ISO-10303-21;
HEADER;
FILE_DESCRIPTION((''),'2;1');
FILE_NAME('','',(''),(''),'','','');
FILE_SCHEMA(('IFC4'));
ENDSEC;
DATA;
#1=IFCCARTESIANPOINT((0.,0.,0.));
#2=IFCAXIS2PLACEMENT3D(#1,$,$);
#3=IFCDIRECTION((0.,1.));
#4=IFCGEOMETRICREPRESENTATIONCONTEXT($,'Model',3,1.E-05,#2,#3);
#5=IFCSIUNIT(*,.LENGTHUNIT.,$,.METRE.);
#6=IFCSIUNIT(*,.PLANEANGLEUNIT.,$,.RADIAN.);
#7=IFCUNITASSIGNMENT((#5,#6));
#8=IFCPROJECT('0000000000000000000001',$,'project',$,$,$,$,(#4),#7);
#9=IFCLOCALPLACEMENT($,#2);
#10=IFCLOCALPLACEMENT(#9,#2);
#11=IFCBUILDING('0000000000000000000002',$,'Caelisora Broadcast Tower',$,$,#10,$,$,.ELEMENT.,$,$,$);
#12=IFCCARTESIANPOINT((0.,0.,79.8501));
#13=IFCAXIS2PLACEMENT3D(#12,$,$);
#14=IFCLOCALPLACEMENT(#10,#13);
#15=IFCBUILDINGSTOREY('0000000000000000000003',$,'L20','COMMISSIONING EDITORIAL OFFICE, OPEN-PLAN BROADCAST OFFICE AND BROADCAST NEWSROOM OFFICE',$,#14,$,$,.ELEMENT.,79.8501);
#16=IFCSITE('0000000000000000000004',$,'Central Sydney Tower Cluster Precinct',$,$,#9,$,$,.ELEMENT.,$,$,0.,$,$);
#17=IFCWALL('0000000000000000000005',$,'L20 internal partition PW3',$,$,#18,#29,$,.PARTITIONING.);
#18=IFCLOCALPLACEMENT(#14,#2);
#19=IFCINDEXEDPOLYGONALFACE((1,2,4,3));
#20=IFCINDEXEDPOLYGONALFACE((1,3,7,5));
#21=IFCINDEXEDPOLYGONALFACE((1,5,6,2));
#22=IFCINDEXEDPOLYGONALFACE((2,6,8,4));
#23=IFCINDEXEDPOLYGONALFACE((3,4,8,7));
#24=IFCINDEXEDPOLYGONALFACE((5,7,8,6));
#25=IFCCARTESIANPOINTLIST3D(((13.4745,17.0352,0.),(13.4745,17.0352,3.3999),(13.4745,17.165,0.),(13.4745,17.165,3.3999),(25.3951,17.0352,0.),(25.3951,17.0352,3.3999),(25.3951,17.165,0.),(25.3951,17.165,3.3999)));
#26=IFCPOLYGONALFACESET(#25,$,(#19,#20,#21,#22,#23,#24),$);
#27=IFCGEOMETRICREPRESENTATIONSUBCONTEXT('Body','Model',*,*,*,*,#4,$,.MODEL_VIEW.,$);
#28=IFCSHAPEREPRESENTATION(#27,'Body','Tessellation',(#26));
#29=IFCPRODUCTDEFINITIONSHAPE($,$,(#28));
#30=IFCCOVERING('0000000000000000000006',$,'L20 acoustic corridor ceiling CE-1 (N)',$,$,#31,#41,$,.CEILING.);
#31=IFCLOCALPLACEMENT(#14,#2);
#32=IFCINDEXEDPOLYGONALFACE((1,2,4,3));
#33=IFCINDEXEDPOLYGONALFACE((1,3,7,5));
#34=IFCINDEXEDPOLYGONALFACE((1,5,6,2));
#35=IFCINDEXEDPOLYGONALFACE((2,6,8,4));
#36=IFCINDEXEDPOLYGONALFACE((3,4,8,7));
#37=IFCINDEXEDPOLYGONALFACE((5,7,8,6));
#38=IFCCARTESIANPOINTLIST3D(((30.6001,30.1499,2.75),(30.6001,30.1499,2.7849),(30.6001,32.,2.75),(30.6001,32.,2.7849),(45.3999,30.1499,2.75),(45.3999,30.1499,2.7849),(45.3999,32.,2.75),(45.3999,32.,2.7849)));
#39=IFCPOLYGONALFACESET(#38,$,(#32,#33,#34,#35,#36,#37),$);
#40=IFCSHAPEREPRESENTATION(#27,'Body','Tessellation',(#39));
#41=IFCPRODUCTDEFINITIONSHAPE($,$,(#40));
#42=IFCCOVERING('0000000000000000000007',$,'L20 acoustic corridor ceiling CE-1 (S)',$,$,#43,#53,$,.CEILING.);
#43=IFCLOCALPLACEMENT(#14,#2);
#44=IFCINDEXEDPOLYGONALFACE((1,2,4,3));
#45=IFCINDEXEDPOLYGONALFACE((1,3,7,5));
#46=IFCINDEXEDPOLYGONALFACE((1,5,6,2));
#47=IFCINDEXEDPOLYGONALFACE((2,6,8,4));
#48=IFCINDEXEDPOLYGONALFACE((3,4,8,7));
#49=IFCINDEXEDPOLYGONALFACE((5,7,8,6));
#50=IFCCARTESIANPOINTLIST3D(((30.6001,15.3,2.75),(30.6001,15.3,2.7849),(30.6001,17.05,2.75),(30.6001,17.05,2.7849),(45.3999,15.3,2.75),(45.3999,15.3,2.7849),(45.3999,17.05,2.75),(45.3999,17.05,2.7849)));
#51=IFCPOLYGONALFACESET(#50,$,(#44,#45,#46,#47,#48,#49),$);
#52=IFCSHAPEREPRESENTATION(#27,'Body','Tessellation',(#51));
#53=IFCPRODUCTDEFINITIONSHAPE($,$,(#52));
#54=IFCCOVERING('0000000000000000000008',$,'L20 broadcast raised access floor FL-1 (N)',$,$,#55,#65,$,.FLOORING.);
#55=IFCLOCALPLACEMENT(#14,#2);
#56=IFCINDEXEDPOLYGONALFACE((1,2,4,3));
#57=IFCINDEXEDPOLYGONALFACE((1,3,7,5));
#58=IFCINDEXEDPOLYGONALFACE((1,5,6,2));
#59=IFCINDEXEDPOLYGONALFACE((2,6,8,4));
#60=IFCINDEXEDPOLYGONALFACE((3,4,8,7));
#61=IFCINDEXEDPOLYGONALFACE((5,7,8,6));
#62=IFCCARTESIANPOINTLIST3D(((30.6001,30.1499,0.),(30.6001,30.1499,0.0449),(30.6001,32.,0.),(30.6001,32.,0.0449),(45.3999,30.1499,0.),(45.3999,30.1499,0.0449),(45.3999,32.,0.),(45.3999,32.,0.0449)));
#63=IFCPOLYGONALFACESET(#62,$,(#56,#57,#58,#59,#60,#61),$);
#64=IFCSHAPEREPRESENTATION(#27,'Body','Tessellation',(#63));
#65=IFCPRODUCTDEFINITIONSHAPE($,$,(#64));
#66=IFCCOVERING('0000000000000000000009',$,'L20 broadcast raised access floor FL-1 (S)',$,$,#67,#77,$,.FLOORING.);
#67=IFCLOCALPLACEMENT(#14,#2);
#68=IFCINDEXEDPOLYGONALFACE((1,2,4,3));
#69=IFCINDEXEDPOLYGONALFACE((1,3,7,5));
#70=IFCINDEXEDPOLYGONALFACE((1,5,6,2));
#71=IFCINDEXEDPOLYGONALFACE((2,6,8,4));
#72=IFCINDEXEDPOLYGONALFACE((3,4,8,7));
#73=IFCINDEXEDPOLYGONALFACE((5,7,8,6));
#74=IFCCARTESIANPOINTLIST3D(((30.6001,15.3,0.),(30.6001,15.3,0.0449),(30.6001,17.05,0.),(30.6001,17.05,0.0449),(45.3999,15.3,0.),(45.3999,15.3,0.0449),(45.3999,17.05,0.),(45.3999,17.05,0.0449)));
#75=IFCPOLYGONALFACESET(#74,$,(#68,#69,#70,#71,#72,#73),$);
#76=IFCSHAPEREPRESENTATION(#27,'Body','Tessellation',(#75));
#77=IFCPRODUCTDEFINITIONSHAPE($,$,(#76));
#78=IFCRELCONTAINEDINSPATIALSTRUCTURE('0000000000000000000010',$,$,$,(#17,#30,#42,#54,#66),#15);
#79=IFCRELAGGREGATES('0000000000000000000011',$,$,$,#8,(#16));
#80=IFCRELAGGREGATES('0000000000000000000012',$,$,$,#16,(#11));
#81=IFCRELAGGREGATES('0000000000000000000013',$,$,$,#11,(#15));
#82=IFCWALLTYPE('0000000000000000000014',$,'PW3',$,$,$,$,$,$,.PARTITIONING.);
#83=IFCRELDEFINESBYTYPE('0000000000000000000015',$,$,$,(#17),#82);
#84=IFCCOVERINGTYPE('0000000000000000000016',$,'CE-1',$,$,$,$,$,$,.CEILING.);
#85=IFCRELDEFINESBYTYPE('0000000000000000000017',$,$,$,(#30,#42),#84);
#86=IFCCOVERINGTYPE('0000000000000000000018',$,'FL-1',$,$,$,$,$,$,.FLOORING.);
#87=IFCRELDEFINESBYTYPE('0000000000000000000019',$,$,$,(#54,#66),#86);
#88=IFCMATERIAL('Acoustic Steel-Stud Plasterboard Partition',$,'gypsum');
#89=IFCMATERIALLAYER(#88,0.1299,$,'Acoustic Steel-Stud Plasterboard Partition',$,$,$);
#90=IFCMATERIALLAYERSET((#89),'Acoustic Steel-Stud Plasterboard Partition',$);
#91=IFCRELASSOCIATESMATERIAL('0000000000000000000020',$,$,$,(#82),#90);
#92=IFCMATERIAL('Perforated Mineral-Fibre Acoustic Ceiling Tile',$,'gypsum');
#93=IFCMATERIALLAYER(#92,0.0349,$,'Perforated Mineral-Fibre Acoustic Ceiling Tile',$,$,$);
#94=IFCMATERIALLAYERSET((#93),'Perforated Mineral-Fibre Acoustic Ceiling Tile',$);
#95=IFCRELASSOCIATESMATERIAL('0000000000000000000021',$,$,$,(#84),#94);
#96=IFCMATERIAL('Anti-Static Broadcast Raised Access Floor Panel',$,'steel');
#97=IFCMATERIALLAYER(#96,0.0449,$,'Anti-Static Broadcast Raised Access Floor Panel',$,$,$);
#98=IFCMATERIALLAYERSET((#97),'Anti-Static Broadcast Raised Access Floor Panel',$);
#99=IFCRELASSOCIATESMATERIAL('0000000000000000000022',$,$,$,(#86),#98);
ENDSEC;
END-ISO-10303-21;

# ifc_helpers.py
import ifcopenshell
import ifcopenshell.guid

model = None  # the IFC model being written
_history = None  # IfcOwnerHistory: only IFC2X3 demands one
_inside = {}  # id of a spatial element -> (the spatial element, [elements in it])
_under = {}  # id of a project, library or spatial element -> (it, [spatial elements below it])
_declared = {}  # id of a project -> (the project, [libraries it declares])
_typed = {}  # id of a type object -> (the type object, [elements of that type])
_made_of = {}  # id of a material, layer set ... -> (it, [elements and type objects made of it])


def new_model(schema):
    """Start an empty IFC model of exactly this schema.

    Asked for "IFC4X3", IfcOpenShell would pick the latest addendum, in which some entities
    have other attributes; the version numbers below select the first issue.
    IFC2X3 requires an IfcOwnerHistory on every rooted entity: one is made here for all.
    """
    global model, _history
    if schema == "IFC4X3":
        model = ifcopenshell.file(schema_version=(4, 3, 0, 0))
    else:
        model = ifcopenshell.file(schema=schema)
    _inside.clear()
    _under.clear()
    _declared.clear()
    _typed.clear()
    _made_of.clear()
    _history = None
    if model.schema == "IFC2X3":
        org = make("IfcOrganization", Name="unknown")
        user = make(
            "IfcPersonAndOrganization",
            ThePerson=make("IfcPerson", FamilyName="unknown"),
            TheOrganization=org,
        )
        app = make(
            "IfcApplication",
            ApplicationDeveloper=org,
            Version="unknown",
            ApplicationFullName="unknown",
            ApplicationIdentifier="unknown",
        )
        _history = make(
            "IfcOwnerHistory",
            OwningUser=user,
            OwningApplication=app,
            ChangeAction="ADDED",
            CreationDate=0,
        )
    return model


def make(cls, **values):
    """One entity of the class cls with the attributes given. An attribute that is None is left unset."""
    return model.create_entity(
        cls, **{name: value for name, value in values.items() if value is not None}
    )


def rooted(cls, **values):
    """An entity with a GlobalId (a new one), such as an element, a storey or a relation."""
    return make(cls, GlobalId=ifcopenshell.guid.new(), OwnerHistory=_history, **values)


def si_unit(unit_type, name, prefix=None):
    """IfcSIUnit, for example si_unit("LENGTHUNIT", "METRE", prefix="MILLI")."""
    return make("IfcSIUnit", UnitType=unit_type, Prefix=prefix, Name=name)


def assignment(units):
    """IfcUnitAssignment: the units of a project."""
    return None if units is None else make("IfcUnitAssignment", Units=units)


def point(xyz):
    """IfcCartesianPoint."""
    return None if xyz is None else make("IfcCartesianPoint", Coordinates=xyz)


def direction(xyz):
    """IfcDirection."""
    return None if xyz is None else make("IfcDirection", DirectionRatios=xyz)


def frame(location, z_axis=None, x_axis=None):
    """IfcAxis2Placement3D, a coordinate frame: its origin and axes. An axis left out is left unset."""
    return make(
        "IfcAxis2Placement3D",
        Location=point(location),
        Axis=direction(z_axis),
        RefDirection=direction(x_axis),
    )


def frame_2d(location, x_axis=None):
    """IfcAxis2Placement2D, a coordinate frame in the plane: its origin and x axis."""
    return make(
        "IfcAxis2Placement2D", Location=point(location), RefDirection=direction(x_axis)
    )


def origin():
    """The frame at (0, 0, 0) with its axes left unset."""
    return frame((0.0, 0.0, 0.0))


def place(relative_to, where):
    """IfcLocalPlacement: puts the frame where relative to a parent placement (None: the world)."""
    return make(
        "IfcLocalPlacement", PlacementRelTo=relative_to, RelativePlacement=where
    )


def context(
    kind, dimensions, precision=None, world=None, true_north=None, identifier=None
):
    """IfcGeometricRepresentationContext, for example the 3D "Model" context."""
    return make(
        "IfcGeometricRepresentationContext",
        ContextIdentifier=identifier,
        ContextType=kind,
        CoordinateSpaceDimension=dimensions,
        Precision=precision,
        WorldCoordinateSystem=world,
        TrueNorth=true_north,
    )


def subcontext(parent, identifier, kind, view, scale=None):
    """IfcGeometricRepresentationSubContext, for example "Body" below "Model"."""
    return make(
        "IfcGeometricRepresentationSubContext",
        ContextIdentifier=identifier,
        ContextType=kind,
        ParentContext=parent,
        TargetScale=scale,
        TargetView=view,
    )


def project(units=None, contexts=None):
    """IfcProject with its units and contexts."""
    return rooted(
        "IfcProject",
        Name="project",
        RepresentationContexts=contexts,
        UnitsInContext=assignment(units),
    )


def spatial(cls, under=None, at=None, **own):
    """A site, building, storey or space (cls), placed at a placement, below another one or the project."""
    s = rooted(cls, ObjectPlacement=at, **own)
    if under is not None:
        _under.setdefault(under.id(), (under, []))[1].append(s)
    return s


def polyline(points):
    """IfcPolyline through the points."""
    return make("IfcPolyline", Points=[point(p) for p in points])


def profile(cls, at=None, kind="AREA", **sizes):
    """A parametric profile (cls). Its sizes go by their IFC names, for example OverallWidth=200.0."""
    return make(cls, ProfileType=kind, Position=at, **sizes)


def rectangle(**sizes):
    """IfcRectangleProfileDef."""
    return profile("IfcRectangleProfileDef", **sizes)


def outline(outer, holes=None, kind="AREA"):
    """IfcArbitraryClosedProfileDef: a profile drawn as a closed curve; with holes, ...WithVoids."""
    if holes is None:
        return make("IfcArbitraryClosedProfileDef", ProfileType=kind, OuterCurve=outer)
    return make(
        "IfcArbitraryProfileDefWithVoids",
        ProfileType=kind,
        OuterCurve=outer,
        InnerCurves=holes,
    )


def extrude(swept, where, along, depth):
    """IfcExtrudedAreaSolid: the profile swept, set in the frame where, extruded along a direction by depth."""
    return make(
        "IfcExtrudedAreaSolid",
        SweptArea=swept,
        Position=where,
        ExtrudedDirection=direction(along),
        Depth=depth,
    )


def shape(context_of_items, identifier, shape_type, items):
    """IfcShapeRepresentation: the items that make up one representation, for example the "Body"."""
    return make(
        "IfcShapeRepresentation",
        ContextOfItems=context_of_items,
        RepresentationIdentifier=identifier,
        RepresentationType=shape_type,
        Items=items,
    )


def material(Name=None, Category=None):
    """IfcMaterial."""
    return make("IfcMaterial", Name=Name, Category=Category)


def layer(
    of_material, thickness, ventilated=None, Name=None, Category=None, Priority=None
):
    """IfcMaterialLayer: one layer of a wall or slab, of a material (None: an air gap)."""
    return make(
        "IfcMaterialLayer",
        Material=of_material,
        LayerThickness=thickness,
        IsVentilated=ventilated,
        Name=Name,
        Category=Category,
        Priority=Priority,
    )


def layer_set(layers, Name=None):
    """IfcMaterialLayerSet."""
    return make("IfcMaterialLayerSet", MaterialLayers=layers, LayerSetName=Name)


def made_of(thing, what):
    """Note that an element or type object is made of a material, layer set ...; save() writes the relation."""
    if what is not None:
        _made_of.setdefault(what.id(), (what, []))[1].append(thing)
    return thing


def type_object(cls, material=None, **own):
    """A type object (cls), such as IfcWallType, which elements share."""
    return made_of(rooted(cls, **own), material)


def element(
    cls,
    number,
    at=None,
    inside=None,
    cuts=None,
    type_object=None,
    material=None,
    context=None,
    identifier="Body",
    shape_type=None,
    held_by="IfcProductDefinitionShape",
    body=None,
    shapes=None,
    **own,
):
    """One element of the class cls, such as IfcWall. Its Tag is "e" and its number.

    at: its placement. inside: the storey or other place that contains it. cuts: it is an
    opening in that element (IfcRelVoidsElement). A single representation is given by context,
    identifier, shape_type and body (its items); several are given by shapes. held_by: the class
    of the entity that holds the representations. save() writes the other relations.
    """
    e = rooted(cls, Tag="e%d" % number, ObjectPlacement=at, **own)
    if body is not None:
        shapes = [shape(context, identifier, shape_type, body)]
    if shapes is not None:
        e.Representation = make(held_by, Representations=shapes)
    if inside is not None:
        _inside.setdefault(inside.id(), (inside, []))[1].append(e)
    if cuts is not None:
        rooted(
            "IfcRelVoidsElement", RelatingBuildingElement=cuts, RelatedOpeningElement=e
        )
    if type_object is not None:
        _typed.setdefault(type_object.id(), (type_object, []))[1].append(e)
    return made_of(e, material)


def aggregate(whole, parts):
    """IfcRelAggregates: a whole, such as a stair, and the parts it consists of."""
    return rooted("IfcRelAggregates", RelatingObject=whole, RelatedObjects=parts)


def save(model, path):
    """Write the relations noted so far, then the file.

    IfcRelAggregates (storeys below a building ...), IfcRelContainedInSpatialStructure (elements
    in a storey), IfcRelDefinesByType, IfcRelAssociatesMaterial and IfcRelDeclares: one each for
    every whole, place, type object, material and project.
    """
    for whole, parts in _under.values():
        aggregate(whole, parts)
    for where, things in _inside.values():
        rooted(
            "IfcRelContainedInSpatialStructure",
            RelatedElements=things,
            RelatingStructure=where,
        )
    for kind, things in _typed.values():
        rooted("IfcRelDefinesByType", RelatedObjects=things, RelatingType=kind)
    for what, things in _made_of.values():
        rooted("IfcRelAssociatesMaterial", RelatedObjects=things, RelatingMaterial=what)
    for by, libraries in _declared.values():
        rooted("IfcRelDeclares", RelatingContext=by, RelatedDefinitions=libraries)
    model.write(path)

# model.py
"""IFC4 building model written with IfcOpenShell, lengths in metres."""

from ifc_helpers import new_model, si_unit, direction, frame, frame_2d, origin, place, context, subcontext, project, spatial, polyline, rectangle, outline, extrude, material, layer, layer_set, type_object, element, save


model = new_model("IFC4")

# Units and contexts
model_context = context("Model", 3, precision=1e-05, world=origin(), true_north=direction((0.0, 1.0)))
body_context = subcontext(model_context, "Body", "Model", "MODEL_VIEW")
ifc_project = project(units=[si_unit("LENGTHUNIT", "METRE"), si_unit("PLANEANGLEUNIT", "RADIAN")], contexts=[model_context])

# Site, building, storey
site_placement = place(None, origin())
site = spatial("IfcSite", under=ifc_project, at=site_placement, Name="Central Sydney Tower Cluster Precinct", CompositionType="ELEMENT", RefElevation=0.0)
building_placement = place(site_placement, origin())
building = spatial("IfcBuilding", under=site, at=building_placement, Name="Caelisora Broadcast Tower", CompositionType="ELEMENT")
storey_placement = place(building_placement, frame((0.0, 0.0, 79.8501)))
storey = spatial("IfcBuildingStorey", under=building, at=storey_placement, Name="L20", Description="COMMISSIONING EDITORIAL OFFICE, OPEN-PLAN BROADCAST OFFICE AND BROADCAST NEWSROOM OFFICE", CompositionType="ELEMENT", Elevation=79.8501)

# Shared definitions
ifc_material_1 = material(Name="Acoustic Steel-Stud Plasterboard Partition", Category="gypsum")
ifc_layer_1 = layer(ifc_material_1, 0.1299, Name="Acoustic Steel-Stud Plasterboard Partition")
ifc_layer_set_1 = layer_set([ifc_layer_1], Name="Acoustic Steel-Stud Plasterboard Partition")
wall_type_1 = type_object("IfcWallType", Name="PW3", PredefinedType="PARTITIONING", material=ifc_layer_set_1)

# Wall
wall_1_placement = place(storey_placement, frame((13.4744, 17.1001, 0.0), z_axis=(0.0, 0.0, 1.0), x_axis=(1.0, 0.0, 0.0)))
element("IfcWall", 1, at=wall_1_placement, inside=storey, type_object=wall_type_1, Name="L20 internal partition PW3", PredefinedType="PARTITIONING", context=body_context, shape_type="SweptSolid", body=[
    extrude(rectangle(XDim=11.9207, YDim=0.1299, at=frame_2d((5.9604, 0.0))), origin(), (0.0, 0.0, 1.0), 3.3999),
])

# Coverings
ifc_material_2 = material(Name="Perforated Mineral-Fibre Acoustic Ceiling Tile", Category="gypsum")
ifc_layer_2 = layer(ifc_material_2, 0.0349, Name="Perforated Mineral-Fibre Acoustic Ceiling Tile")
ifc_layer_set_2 = layer_set([ifc_layer_2], Name="Perforated Mineral-Fibre Acoustic Ceiling Tile")
covering_type_1 = type_object("IfcCoveringType", Name="CE-1", PredefinedType="CEILING", material=ifc_layer_set_2)
covering_1_placement = place(storey_placement, frame((0.0, 0.0, 2.75)))
element("IfcCovering", 2, at=covering_1_placement, inside=storey, type_object=covering_type_1, Name="L20 acoustic corridor ceiling CE-1 (N)", PredefinedType="CEILING", context=body_context, shape_type="SweptSolid", body=[
    extrude(outline(polyline([(30.6001, 30.1499), (45.3999, 30.1499), (45.3999, 32.0), (30.6001, 32.0), (30.6001, 30.1499)])), origin(), (0.0, 0.0, 1.0), 0.0349),
])
covering_2_placement = place(storey_placement, frame((0.0, 0.0, 2.75)))
element("IfcCovering", 3, at=covering_2_placement, inside=storey, type_object=covering_type_1, Name="L20 acoustic corridor ceiling CE-1 (S)", PredefinedType="CEILING", context=body_context, shape_type="SweptSolid", body=[
    extrude(outline(polyline([(30.6001, 15.3), (45.3999, 15.3), (45.3999, 17.05), (30.6001, 17.05), (30.6001, 15.3)])), origin(), (0.0, 0.0, 1.0), 0.0349),
])
ifc_material_3 = material(Name="Anti-Static Broadcast Raised Access Floor Panel", Category="steel")
ifc_layer_3 = layer(ifc_material_3, 0.0449, Name="Anti-Static Broadcast Raised Access Floor Panel")
ifc_layer_set_3 = layer_set([ifc_layer_3], Name="Anti-Static Broadcast Raised Access Floor Panel")
covering_type_2 = type_object("IfcCoveringType", Name="FL-1", PredefinedType="FLOORING", material=ifc_layer_set_3)
covering_3_placement = place(storey_placement, origin())
element("IfcCovering", 4, at=covering_3_placement, inside=storey, type_object=covering_type_2, Name="L20 broadcast raised access floor FL-1 (N)", PredefinedType="FLOORING", context=body_context, shape_type="SweptSolid", body=[
    extrude(outline(polyline([(30.6001, 30.1499), (45.3999, 30.1499), (45.3999, 32.0), (30.6001, 32.0), (30.6001, 30.1499)])), origin(), (0.0, 0.0, 1.0), 0.0449),
])
covering_4_placement = place(storey_placement, origin())
element("IfcCovering", 5, at=covering_4_placement, inside=storey, type_object=covering_type_2, Name="L20 broadcast raised access floor FL-1 (S)", PredefinedType="FLOORING", context=body_context, shape_type="SweptSolid", body=[
    extrude(outline(polyline([(30.6001, 15.3), (45.3999, 15.3), (45.3999, 17.05), (30.6001, 17.05), (30.6001, 15.3)])), origin(), (0.0, 0.0, 1.0), 0.0449),
])

save(model, "model.ifc")
